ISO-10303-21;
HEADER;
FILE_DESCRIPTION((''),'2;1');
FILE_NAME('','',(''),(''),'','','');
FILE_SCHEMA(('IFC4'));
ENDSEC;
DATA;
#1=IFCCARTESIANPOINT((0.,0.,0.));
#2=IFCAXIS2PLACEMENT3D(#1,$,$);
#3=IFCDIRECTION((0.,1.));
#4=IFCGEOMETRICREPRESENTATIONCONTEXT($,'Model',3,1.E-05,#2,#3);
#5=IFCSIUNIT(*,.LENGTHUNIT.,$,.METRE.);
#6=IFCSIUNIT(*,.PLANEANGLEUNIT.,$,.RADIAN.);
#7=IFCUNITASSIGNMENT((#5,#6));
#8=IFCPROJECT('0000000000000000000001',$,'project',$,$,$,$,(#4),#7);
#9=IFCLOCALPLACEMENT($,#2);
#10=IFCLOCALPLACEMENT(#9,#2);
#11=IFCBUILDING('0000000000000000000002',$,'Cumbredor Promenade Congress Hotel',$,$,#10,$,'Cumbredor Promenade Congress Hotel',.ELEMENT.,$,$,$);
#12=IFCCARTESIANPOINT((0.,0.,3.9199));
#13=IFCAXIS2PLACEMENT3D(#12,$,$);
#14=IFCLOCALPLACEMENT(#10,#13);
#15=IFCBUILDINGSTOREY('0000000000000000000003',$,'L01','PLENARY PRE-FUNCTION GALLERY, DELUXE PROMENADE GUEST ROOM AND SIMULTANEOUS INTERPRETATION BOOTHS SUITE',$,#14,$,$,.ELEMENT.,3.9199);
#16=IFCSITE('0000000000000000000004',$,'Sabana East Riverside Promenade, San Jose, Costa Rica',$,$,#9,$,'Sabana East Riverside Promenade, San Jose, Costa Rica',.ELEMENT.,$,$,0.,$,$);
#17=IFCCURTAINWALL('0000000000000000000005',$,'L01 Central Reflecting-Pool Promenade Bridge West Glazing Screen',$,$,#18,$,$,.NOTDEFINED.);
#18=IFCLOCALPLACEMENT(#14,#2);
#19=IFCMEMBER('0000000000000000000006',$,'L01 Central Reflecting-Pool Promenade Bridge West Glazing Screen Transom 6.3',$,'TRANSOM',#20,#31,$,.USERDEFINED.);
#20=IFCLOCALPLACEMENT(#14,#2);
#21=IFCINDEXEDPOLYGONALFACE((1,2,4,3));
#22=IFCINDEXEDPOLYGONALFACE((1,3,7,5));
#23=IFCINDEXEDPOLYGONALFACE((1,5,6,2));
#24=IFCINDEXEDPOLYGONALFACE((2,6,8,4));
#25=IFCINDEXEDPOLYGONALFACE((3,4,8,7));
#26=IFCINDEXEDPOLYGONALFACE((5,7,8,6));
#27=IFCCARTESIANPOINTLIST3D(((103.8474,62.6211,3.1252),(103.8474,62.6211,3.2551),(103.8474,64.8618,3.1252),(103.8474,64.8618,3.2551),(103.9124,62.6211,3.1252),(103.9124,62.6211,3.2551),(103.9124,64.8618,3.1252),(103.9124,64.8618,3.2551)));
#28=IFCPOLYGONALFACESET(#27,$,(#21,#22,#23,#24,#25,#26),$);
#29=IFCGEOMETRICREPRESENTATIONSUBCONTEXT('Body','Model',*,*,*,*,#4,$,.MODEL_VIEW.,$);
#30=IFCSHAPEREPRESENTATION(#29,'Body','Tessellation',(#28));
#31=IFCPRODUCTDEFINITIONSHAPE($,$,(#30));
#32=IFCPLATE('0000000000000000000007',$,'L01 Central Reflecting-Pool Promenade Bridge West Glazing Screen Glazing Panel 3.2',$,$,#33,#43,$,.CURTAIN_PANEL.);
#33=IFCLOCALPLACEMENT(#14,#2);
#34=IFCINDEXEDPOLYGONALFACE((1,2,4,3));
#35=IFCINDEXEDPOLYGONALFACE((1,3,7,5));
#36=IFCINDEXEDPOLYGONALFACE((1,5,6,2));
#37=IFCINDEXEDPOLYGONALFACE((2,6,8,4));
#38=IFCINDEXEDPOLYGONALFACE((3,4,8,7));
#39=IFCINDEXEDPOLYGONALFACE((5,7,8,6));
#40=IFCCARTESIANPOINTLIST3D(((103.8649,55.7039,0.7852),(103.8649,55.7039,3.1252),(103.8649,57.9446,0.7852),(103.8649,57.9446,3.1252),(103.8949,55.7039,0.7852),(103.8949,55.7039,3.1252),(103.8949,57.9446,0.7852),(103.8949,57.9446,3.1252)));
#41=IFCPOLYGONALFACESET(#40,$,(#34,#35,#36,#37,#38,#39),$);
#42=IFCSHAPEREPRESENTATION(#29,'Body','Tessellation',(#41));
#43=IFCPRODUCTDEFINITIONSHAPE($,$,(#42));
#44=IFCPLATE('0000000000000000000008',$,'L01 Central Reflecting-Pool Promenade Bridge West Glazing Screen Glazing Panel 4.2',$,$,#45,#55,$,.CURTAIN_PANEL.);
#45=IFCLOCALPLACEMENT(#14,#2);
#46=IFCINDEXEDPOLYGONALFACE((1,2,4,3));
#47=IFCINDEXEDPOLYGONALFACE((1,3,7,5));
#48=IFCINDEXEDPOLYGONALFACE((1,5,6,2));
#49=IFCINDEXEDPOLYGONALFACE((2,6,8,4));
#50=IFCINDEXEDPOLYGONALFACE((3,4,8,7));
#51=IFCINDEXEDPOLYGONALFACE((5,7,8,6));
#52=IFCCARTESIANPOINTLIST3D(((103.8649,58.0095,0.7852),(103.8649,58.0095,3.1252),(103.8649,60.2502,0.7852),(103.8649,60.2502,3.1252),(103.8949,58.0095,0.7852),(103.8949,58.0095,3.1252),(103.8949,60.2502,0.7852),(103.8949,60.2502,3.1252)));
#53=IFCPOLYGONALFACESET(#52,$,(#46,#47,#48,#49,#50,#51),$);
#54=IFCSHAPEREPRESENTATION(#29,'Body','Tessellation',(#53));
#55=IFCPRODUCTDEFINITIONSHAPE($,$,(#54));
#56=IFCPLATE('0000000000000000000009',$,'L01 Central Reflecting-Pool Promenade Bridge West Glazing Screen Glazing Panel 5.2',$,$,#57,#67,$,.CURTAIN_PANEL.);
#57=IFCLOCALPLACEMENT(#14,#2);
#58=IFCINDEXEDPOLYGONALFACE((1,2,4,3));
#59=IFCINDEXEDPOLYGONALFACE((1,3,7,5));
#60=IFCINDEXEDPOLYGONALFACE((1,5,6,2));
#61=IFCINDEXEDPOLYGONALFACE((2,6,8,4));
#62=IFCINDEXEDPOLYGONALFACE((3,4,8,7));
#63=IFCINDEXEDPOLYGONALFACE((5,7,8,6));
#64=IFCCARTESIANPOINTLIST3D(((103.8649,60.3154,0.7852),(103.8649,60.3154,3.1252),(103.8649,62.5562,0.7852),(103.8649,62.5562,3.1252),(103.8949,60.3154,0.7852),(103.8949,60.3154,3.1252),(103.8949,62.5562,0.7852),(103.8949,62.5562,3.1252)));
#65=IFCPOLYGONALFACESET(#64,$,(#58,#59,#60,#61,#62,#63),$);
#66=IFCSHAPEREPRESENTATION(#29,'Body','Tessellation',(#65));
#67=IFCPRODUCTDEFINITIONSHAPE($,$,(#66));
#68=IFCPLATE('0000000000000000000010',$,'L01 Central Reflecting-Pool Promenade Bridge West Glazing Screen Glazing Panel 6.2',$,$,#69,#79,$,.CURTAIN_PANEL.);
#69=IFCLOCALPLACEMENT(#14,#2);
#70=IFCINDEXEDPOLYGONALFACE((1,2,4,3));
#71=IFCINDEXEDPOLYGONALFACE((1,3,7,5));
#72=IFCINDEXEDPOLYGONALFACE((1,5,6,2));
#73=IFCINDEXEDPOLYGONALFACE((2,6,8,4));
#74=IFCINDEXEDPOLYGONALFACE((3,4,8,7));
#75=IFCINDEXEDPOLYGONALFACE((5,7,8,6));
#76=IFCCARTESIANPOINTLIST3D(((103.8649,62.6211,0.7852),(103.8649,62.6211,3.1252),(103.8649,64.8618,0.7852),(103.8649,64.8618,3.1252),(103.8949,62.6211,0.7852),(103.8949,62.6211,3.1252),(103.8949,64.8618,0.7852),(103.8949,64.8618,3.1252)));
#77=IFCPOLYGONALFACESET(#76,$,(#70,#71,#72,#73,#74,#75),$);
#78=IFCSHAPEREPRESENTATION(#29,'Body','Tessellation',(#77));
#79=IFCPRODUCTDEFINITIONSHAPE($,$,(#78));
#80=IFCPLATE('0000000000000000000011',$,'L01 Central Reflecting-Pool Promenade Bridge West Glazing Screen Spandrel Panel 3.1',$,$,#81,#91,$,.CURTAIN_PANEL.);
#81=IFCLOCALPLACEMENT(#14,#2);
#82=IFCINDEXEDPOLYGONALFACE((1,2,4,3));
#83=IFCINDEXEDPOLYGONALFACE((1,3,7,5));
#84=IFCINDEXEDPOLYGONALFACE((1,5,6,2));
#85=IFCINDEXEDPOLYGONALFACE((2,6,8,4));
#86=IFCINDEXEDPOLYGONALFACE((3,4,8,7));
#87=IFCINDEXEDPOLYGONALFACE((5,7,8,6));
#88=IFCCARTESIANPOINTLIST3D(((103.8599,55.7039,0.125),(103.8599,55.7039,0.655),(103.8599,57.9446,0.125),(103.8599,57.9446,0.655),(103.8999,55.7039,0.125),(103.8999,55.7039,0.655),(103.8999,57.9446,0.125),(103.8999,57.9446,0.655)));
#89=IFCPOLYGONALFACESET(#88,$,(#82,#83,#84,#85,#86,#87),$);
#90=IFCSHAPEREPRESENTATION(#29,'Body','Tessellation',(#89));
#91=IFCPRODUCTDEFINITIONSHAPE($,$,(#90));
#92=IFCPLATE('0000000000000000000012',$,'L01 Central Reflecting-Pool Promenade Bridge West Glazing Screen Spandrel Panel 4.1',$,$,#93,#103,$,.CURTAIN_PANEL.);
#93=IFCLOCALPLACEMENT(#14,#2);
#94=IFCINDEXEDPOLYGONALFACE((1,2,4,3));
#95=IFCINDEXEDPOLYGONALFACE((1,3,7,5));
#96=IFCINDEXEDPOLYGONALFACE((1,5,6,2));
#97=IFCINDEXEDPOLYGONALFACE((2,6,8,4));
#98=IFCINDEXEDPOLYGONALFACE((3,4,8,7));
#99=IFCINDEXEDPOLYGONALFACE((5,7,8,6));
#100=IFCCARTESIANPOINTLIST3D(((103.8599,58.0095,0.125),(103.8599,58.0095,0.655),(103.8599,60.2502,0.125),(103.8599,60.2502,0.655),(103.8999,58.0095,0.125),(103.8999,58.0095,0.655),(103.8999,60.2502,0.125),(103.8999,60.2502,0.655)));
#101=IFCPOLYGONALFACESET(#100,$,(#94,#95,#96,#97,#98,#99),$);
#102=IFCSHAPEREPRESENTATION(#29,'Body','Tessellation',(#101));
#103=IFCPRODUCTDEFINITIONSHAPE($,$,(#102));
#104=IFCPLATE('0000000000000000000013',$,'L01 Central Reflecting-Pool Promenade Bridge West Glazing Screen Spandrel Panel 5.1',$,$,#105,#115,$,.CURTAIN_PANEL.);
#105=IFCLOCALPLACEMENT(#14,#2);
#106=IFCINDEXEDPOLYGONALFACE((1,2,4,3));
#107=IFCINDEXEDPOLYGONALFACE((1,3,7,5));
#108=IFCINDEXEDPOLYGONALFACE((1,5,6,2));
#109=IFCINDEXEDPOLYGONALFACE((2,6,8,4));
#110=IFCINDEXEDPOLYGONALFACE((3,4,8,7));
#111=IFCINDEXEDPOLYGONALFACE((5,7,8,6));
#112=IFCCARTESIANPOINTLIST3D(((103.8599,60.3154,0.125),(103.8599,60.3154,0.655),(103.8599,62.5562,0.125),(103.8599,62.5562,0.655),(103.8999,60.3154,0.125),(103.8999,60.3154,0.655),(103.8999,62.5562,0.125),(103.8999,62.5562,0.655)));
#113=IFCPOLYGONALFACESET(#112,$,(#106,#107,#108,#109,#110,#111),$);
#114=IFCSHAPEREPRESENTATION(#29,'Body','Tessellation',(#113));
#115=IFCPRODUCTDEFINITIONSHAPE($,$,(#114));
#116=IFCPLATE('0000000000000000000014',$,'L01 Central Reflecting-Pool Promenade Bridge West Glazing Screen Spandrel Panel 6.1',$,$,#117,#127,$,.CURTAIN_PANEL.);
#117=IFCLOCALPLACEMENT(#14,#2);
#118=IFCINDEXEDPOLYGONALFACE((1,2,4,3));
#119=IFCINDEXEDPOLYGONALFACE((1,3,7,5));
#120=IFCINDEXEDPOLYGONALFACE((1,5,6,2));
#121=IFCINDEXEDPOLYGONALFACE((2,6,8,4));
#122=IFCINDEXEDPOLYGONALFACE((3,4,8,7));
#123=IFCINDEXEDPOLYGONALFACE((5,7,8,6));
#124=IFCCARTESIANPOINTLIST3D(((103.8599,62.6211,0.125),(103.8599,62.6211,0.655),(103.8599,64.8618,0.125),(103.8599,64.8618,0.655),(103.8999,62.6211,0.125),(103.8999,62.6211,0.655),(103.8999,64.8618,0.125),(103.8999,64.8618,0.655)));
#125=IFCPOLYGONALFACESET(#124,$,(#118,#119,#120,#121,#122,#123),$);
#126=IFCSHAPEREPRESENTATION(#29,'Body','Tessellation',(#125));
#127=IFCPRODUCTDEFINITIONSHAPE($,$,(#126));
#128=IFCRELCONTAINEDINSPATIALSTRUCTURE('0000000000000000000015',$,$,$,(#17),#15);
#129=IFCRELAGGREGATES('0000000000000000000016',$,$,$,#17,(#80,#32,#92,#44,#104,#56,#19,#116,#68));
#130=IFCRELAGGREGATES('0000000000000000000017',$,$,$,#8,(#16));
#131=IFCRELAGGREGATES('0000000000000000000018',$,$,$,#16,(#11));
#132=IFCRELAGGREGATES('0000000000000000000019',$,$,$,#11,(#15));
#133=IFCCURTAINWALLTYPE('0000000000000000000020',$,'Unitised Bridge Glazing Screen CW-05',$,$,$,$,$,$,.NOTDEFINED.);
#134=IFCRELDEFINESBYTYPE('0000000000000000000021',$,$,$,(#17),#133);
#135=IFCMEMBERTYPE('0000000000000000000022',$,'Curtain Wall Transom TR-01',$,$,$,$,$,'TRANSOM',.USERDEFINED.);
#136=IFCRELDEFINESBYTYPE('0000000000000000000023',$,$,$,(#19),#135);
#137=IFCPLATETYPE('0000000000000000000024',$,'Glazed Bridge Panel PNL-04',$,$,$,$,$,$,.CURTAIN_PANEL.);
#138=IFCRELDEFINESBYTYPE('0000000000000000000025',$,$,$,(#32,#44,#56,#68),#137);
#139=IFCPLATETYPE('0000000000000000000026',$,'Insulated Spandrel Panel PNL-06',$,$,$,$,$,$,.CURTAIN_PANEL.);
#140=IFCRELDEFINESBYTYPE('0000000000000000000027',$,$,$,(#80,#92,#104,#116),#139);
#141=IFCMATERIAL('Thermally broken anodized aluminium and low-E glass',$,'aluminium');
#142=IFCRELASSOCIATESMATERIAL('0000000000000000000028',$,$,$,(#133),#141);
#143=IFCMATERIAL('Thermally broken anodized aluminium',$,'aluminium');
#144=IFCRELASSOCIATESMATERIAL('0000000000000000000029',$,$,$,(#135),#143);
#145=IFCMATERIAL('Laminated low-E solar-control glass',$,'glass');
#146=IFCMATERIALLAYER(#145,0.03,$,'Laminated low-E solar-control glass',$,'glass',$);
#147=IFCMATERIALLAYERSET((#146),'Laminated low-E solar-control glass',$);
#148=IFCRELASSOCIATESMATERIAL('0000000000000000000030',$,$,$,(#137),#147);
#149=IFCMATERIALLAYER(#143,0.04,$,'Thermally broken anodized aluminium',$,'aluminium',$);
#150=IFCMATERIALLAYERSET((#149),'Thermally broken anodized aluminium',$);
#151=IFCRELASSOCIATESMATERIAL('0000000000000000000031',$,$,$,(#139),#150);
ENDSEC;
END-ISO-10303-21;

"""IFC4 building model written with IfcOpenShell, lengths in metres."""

from ifc_helpers import new_model, si_unit, direction, frame, origin, origin_2d, place, context, subcontext, project, spatial, rectangle, extrude, material, layer, layer_set, material_profile, profile_set, type_object, element, aggregate, save


model = new_model("IFC4")

# Units and contexts
model_context = context("Model", 3, precision=1e-05, world=origin(), true_north=direction((0.0, 1.0)))
body_context = subcontext(model_context, "Body", "Model", "MODEL_VIEW")
ifc_project = project(units=[si_unit("LENGTHUNIT", "METRE"), si_unit("PLANEANGLEUNIT", "RADIAN")], contexts=[model_context])

# Site, building, storey
site_placement = place(None, origin())
site = spatial("IfcSite", under=ifc_project, at=site_placement, Name="Sabana East Riverside Promenade, San Jose, Costa Rica", LongName="Sabana East Riverside Promenade, San Jose, Costa Rica", CompositionType="ELEMENT", RefElevation=0.0)
building_placement = place(site_placement, origin())
building = spatial("IfcBuilding", under=site, at=building_placement, Name="Cumbredor Promenade Congress Hotel", LongName="Cumbredor Promenade Congress Hotel", CompositionType="ELEMENT")
storey_placement = place(building_placement, frame((0.0, 0.0, 3.9199)))
storey = spatial("IfcBuildingStorey", under=building, at=storey_placement, Name="L01", Description="PLENARY PRE-FUNCTION GALLERY, DELUXE PROMENADE GUEST ROOM AND SIMULTANEOUS INTERPRETATION BOOTHS SUITE", CompositionType="ELEMENT", Elevation=3.9199)

# Curtain wall, member, plates
ifc_material_1 = material(Name="Thermally broken anodized aluminium and low-E glass", Category="aluminium")
curtain_wall_type = type_object("IfcCurtainWallType", Name="Unitised Bridge Glazing Screen CW-05", PredefinedType="NOTDEFINED", material=ifc_material_1)
curtain_wall_placement = place(storey_placement, origin())
curtain_wall = element("IfcCurtainWall", 1, at=curtain_wall_placement, inside=storey, type_object=curtain_wall_type, Name="L01 Central Reflecting-Pool Promenade Bridge West Glazing Screen", PredefinedType="NOTDEFINED")
ifc_material_2 = material(Name="Thermally broken anodized aluminium", Category="aluminium")
ifc_material_profile_1 = material_profile(ifc_material_2, rectangle(XDim=0.0649, YDim=0.1299, at=origin_2d()), Name="ALU TRANSOM 65x130")
ifc_profile_set_1 = profile_set([ifc_material_profile_1], Name="Thermally broken anodized aluminium")
member_type_1 = type_object("IfcMemberType", Name="Curtain Wall Transom TR-01", ElementType="TRANSOM", PredefinedType="USERDEFINED", material=ifc_profile_set_1)
member_1_placement = place(storey_placement, frame((103.8799, 62.6211, 3.1902), z_axis=(0.0, 1.0, 0.0), x_axis=(-1.0, 0.0, 0.0)))
member_1 = element("IfcMember", 2, at=member_1_placement, type_object=member_type_1, Name="L01 Central Reflecting-Pool Promenade Bridge West Glazing Screen Transom 6.3", ObjectType="TRANSOM", PredefinedType="USERDEFINED", context=body_context, shape_type="SweptSolid", body=[
    extrude(rectangle(XDim=0.0649, YDim=0.1299, at=origin_2d()), origin(), (0.0, 0.0, 1.0), 2.2407),
])
ifc_material_3 = material(Name="Laminated low-E solar-control glass", Category="glass")
ifc_layer_1 = layer(ifc_material_3, 0.03, Name="Laminated low-E solar-control glass", Category="glass")
ifc_layer_set_1 = layer_set([ifc_layer_1], Name="Laminated low-E solar-control glass")
plate_type_1 = type_object("IfcPlateType", Name="Glazed Bridge Panel PNL-04", PredefinedType="CURTAIN_PANEL", material=ifc_layer_set_1)
plate_1_placement = place(storey_placement, frame((103.8799, 56.8242, 0.7852), z_axis=(0.0, 0.0, 1.0), x_axis=(0.0, 1.0, 0.0)))
plate_1 = element("IfcPlate", 3, at=plate_1_placement, type_object=plate_type_1, Name="L01 Central Reflecting-Pool Promenade Bridge West Glazing Screen Glazing Panel 3.2", PredefinedType="CURTAIN_PANEL", context=body_context, shape_type="SweptSolid", body=[
    extrude(rectangle(XDim=2.2407, YDim=0.03, at=origin_2d()), origin(), (0.0, 0.0, 1.0), 2.3401),
])
plate_2_placement = place(storey_placement, frame((103.8799, 59.1299, 0.7852), z_axis=(0.0, 0.0, 1.0), x_axis=(0.0, 1.0, 0.0)))
plate_2 = element("IfcPlate", 4, at=plate_2_placement, type_object=plate_type_1, Name="L01 Central Reflecting-Pool Promenade Bridge West Glazing Screen Glazing Panel 4.2", PredefinedType="CURTAIN_PANEL", context=body_context, shape_type="SweptSolid", body=[
    extrude(rectangle(XDim=2.2407, YDim=0.03, at=origin_2d()), origin(), (0.0, 0.0, 1.0), 2.3401),
])
plate_3_placement = place(storey_placement, frame((103.8799, 61.4358, 0.7852), z_axis=(0.0, 0.0, 1.0), x_axis=(0.0, 1.0, 0.0)))
plate_3 = element("IfcPlate", 5, at=plate_3_placement, type_object=plate_type_1, Name="L01 Central Reflecting-Pool Promenade Bridge West Glazing Screen Glazing Panel 5.2", PredefinedType="CURTAIN_PANEL", context=body_context, shape_type="SweptSolid", body=[
    extrude(rectangle(XDim=2.2407, YDim=0.03, at=origin_2d()), origin(), (0.0, 0.0, 1.0), 2.3401),
])
plate_4_placement = place(storey_placement, frame((103.8799, 63.7415, 0.7852), z_axis=(0.0, 0.0, 1.0), x_axis=(0.0, 1.0, 0.0)))
plate_4 = element("IfcPlate", 6, at=plate_4_placement, type_object=plate_type_1, Name="L01 Central Reflecting-Pool Promenade Bridge West Glazing Screen Glazing Panel 6.2", PredefinedType="CURTAIN_PANEL", context=body_context, shape_type="SweptSolid", body=[
    extrude(rectangle(XDim=2.2407, YDim=0.03, at=origin_2d()), origin(), (0.0, 0.0, 1.0), 2.3401),
])
ifc_layer_2 = layer(ifc_material_2, 0.04, Name="Thermally broken anodized aluminium", Category="aluminium")
ifc_layer_set_2 = layer_set([ifc_layer_2], Name="Thermally broken anodized aluminium")
plate_type_2 = type_object("IfcPlateType", Name="Insulated Spandrel Panel PNL-06", PredefinedType="CURTAIN_PANEL", material=ifc_layer_set_2)
plate_5_placement = place(storey_placement, frame((103.8799, 56.8242, 0.125), z_axis=(0.0, 0.0, 1.0), x_axis=(0.0, 1.0, 0.0)))
plate_5 = element("IfcPlate", 7, at=plate_5_placement, type_object=plate_type_2, Name="L01 Central Reflecting-Pool Promenade Bridge West Glazing Screen Spandrel Panel 3.1", PredefinedType="CURTAIN_PANEL", context=body_context, shape_type="SweptSolid", body=[
    extrude(rectangle(XDim=2.2407, YDim=0.04, at=origin_2d()), origin(), (0.0, 0.0, 1.0), 0.53),
])
plate_6_placement = place(storey_placement, frame((103.8799, 59.1299, 0.125), z_axis=(0.0, 0.0, 1.0), x_axis=(0.0, 1.0, 0.0)))
plate_6 = element("IfcPlate", 8, at=plate_6_placement, type_object=plate_type_2, Name="L01 Central Reflecting-Pool Promenade Bridge West Glazing Screen Spandrel Panel 4.1", PredefinedType="CURTAIN_PANEL", context=body_context, shape_type="SweptSolid", body=[
    extrude(rectangle(XDim=2.2407, YDim=0.04, at=origin_2d()), origin(), (0.0, 0.0, 1.0), 0.53),
])
plate_7_placement = place(storey_placement, frame((103.8799, 61.4358, 0.125), z_axis=(0.0, 0.0, 1.0), x_axis=(0.0, 1.0, 0.0)))
plate_7 = element("IfcPlate", 9, at=plate_7_placement, type_object=plate_type_2, Name="L01 Central Reflecting-Pool Promenade Bridge West Glazing Screen Spandrel Panel 5.1", PredefinedType="CURTAIN_PANEL", context=body_context, shape_type="SweptSolid", body=[
    extrude(rectangle(XDim=2.2407, YDim=0.04, at=origin_2d()), origin(), (0.0, 0.0, 1.0), 0.53),
])
plate_8_placement = place(storey_placement, frame((103.8799, 63.7415, 0.125), z_axis=(0.0, 0.0, 1.0), x_axis=(0.0, 1.0, 0.0)))
plate_8 = element("IfcPlate", 10, at=plate_8_placement, type_object=plate_type_2, Name="L01 Central Reflecting-Pool Promenade Bridge West Glazing Screen Spandrel Panel 6.1", PredefinedType="CURTAIN_PANEL", context=body_context, shape_type="SweptSolid", body=[
    extrude(rectangle(XDim=2.2407, YDim=0.04, at=origin_2d()), origin(), (0.0, 0.0, 1.0), 0.53),
])
aggregate(curtain_wall, [plate_5, plate_1, plate_6, plate_2, plate_7, plate_3, member_1, plate_8, plate_4])

save(model, "model.ifc")
